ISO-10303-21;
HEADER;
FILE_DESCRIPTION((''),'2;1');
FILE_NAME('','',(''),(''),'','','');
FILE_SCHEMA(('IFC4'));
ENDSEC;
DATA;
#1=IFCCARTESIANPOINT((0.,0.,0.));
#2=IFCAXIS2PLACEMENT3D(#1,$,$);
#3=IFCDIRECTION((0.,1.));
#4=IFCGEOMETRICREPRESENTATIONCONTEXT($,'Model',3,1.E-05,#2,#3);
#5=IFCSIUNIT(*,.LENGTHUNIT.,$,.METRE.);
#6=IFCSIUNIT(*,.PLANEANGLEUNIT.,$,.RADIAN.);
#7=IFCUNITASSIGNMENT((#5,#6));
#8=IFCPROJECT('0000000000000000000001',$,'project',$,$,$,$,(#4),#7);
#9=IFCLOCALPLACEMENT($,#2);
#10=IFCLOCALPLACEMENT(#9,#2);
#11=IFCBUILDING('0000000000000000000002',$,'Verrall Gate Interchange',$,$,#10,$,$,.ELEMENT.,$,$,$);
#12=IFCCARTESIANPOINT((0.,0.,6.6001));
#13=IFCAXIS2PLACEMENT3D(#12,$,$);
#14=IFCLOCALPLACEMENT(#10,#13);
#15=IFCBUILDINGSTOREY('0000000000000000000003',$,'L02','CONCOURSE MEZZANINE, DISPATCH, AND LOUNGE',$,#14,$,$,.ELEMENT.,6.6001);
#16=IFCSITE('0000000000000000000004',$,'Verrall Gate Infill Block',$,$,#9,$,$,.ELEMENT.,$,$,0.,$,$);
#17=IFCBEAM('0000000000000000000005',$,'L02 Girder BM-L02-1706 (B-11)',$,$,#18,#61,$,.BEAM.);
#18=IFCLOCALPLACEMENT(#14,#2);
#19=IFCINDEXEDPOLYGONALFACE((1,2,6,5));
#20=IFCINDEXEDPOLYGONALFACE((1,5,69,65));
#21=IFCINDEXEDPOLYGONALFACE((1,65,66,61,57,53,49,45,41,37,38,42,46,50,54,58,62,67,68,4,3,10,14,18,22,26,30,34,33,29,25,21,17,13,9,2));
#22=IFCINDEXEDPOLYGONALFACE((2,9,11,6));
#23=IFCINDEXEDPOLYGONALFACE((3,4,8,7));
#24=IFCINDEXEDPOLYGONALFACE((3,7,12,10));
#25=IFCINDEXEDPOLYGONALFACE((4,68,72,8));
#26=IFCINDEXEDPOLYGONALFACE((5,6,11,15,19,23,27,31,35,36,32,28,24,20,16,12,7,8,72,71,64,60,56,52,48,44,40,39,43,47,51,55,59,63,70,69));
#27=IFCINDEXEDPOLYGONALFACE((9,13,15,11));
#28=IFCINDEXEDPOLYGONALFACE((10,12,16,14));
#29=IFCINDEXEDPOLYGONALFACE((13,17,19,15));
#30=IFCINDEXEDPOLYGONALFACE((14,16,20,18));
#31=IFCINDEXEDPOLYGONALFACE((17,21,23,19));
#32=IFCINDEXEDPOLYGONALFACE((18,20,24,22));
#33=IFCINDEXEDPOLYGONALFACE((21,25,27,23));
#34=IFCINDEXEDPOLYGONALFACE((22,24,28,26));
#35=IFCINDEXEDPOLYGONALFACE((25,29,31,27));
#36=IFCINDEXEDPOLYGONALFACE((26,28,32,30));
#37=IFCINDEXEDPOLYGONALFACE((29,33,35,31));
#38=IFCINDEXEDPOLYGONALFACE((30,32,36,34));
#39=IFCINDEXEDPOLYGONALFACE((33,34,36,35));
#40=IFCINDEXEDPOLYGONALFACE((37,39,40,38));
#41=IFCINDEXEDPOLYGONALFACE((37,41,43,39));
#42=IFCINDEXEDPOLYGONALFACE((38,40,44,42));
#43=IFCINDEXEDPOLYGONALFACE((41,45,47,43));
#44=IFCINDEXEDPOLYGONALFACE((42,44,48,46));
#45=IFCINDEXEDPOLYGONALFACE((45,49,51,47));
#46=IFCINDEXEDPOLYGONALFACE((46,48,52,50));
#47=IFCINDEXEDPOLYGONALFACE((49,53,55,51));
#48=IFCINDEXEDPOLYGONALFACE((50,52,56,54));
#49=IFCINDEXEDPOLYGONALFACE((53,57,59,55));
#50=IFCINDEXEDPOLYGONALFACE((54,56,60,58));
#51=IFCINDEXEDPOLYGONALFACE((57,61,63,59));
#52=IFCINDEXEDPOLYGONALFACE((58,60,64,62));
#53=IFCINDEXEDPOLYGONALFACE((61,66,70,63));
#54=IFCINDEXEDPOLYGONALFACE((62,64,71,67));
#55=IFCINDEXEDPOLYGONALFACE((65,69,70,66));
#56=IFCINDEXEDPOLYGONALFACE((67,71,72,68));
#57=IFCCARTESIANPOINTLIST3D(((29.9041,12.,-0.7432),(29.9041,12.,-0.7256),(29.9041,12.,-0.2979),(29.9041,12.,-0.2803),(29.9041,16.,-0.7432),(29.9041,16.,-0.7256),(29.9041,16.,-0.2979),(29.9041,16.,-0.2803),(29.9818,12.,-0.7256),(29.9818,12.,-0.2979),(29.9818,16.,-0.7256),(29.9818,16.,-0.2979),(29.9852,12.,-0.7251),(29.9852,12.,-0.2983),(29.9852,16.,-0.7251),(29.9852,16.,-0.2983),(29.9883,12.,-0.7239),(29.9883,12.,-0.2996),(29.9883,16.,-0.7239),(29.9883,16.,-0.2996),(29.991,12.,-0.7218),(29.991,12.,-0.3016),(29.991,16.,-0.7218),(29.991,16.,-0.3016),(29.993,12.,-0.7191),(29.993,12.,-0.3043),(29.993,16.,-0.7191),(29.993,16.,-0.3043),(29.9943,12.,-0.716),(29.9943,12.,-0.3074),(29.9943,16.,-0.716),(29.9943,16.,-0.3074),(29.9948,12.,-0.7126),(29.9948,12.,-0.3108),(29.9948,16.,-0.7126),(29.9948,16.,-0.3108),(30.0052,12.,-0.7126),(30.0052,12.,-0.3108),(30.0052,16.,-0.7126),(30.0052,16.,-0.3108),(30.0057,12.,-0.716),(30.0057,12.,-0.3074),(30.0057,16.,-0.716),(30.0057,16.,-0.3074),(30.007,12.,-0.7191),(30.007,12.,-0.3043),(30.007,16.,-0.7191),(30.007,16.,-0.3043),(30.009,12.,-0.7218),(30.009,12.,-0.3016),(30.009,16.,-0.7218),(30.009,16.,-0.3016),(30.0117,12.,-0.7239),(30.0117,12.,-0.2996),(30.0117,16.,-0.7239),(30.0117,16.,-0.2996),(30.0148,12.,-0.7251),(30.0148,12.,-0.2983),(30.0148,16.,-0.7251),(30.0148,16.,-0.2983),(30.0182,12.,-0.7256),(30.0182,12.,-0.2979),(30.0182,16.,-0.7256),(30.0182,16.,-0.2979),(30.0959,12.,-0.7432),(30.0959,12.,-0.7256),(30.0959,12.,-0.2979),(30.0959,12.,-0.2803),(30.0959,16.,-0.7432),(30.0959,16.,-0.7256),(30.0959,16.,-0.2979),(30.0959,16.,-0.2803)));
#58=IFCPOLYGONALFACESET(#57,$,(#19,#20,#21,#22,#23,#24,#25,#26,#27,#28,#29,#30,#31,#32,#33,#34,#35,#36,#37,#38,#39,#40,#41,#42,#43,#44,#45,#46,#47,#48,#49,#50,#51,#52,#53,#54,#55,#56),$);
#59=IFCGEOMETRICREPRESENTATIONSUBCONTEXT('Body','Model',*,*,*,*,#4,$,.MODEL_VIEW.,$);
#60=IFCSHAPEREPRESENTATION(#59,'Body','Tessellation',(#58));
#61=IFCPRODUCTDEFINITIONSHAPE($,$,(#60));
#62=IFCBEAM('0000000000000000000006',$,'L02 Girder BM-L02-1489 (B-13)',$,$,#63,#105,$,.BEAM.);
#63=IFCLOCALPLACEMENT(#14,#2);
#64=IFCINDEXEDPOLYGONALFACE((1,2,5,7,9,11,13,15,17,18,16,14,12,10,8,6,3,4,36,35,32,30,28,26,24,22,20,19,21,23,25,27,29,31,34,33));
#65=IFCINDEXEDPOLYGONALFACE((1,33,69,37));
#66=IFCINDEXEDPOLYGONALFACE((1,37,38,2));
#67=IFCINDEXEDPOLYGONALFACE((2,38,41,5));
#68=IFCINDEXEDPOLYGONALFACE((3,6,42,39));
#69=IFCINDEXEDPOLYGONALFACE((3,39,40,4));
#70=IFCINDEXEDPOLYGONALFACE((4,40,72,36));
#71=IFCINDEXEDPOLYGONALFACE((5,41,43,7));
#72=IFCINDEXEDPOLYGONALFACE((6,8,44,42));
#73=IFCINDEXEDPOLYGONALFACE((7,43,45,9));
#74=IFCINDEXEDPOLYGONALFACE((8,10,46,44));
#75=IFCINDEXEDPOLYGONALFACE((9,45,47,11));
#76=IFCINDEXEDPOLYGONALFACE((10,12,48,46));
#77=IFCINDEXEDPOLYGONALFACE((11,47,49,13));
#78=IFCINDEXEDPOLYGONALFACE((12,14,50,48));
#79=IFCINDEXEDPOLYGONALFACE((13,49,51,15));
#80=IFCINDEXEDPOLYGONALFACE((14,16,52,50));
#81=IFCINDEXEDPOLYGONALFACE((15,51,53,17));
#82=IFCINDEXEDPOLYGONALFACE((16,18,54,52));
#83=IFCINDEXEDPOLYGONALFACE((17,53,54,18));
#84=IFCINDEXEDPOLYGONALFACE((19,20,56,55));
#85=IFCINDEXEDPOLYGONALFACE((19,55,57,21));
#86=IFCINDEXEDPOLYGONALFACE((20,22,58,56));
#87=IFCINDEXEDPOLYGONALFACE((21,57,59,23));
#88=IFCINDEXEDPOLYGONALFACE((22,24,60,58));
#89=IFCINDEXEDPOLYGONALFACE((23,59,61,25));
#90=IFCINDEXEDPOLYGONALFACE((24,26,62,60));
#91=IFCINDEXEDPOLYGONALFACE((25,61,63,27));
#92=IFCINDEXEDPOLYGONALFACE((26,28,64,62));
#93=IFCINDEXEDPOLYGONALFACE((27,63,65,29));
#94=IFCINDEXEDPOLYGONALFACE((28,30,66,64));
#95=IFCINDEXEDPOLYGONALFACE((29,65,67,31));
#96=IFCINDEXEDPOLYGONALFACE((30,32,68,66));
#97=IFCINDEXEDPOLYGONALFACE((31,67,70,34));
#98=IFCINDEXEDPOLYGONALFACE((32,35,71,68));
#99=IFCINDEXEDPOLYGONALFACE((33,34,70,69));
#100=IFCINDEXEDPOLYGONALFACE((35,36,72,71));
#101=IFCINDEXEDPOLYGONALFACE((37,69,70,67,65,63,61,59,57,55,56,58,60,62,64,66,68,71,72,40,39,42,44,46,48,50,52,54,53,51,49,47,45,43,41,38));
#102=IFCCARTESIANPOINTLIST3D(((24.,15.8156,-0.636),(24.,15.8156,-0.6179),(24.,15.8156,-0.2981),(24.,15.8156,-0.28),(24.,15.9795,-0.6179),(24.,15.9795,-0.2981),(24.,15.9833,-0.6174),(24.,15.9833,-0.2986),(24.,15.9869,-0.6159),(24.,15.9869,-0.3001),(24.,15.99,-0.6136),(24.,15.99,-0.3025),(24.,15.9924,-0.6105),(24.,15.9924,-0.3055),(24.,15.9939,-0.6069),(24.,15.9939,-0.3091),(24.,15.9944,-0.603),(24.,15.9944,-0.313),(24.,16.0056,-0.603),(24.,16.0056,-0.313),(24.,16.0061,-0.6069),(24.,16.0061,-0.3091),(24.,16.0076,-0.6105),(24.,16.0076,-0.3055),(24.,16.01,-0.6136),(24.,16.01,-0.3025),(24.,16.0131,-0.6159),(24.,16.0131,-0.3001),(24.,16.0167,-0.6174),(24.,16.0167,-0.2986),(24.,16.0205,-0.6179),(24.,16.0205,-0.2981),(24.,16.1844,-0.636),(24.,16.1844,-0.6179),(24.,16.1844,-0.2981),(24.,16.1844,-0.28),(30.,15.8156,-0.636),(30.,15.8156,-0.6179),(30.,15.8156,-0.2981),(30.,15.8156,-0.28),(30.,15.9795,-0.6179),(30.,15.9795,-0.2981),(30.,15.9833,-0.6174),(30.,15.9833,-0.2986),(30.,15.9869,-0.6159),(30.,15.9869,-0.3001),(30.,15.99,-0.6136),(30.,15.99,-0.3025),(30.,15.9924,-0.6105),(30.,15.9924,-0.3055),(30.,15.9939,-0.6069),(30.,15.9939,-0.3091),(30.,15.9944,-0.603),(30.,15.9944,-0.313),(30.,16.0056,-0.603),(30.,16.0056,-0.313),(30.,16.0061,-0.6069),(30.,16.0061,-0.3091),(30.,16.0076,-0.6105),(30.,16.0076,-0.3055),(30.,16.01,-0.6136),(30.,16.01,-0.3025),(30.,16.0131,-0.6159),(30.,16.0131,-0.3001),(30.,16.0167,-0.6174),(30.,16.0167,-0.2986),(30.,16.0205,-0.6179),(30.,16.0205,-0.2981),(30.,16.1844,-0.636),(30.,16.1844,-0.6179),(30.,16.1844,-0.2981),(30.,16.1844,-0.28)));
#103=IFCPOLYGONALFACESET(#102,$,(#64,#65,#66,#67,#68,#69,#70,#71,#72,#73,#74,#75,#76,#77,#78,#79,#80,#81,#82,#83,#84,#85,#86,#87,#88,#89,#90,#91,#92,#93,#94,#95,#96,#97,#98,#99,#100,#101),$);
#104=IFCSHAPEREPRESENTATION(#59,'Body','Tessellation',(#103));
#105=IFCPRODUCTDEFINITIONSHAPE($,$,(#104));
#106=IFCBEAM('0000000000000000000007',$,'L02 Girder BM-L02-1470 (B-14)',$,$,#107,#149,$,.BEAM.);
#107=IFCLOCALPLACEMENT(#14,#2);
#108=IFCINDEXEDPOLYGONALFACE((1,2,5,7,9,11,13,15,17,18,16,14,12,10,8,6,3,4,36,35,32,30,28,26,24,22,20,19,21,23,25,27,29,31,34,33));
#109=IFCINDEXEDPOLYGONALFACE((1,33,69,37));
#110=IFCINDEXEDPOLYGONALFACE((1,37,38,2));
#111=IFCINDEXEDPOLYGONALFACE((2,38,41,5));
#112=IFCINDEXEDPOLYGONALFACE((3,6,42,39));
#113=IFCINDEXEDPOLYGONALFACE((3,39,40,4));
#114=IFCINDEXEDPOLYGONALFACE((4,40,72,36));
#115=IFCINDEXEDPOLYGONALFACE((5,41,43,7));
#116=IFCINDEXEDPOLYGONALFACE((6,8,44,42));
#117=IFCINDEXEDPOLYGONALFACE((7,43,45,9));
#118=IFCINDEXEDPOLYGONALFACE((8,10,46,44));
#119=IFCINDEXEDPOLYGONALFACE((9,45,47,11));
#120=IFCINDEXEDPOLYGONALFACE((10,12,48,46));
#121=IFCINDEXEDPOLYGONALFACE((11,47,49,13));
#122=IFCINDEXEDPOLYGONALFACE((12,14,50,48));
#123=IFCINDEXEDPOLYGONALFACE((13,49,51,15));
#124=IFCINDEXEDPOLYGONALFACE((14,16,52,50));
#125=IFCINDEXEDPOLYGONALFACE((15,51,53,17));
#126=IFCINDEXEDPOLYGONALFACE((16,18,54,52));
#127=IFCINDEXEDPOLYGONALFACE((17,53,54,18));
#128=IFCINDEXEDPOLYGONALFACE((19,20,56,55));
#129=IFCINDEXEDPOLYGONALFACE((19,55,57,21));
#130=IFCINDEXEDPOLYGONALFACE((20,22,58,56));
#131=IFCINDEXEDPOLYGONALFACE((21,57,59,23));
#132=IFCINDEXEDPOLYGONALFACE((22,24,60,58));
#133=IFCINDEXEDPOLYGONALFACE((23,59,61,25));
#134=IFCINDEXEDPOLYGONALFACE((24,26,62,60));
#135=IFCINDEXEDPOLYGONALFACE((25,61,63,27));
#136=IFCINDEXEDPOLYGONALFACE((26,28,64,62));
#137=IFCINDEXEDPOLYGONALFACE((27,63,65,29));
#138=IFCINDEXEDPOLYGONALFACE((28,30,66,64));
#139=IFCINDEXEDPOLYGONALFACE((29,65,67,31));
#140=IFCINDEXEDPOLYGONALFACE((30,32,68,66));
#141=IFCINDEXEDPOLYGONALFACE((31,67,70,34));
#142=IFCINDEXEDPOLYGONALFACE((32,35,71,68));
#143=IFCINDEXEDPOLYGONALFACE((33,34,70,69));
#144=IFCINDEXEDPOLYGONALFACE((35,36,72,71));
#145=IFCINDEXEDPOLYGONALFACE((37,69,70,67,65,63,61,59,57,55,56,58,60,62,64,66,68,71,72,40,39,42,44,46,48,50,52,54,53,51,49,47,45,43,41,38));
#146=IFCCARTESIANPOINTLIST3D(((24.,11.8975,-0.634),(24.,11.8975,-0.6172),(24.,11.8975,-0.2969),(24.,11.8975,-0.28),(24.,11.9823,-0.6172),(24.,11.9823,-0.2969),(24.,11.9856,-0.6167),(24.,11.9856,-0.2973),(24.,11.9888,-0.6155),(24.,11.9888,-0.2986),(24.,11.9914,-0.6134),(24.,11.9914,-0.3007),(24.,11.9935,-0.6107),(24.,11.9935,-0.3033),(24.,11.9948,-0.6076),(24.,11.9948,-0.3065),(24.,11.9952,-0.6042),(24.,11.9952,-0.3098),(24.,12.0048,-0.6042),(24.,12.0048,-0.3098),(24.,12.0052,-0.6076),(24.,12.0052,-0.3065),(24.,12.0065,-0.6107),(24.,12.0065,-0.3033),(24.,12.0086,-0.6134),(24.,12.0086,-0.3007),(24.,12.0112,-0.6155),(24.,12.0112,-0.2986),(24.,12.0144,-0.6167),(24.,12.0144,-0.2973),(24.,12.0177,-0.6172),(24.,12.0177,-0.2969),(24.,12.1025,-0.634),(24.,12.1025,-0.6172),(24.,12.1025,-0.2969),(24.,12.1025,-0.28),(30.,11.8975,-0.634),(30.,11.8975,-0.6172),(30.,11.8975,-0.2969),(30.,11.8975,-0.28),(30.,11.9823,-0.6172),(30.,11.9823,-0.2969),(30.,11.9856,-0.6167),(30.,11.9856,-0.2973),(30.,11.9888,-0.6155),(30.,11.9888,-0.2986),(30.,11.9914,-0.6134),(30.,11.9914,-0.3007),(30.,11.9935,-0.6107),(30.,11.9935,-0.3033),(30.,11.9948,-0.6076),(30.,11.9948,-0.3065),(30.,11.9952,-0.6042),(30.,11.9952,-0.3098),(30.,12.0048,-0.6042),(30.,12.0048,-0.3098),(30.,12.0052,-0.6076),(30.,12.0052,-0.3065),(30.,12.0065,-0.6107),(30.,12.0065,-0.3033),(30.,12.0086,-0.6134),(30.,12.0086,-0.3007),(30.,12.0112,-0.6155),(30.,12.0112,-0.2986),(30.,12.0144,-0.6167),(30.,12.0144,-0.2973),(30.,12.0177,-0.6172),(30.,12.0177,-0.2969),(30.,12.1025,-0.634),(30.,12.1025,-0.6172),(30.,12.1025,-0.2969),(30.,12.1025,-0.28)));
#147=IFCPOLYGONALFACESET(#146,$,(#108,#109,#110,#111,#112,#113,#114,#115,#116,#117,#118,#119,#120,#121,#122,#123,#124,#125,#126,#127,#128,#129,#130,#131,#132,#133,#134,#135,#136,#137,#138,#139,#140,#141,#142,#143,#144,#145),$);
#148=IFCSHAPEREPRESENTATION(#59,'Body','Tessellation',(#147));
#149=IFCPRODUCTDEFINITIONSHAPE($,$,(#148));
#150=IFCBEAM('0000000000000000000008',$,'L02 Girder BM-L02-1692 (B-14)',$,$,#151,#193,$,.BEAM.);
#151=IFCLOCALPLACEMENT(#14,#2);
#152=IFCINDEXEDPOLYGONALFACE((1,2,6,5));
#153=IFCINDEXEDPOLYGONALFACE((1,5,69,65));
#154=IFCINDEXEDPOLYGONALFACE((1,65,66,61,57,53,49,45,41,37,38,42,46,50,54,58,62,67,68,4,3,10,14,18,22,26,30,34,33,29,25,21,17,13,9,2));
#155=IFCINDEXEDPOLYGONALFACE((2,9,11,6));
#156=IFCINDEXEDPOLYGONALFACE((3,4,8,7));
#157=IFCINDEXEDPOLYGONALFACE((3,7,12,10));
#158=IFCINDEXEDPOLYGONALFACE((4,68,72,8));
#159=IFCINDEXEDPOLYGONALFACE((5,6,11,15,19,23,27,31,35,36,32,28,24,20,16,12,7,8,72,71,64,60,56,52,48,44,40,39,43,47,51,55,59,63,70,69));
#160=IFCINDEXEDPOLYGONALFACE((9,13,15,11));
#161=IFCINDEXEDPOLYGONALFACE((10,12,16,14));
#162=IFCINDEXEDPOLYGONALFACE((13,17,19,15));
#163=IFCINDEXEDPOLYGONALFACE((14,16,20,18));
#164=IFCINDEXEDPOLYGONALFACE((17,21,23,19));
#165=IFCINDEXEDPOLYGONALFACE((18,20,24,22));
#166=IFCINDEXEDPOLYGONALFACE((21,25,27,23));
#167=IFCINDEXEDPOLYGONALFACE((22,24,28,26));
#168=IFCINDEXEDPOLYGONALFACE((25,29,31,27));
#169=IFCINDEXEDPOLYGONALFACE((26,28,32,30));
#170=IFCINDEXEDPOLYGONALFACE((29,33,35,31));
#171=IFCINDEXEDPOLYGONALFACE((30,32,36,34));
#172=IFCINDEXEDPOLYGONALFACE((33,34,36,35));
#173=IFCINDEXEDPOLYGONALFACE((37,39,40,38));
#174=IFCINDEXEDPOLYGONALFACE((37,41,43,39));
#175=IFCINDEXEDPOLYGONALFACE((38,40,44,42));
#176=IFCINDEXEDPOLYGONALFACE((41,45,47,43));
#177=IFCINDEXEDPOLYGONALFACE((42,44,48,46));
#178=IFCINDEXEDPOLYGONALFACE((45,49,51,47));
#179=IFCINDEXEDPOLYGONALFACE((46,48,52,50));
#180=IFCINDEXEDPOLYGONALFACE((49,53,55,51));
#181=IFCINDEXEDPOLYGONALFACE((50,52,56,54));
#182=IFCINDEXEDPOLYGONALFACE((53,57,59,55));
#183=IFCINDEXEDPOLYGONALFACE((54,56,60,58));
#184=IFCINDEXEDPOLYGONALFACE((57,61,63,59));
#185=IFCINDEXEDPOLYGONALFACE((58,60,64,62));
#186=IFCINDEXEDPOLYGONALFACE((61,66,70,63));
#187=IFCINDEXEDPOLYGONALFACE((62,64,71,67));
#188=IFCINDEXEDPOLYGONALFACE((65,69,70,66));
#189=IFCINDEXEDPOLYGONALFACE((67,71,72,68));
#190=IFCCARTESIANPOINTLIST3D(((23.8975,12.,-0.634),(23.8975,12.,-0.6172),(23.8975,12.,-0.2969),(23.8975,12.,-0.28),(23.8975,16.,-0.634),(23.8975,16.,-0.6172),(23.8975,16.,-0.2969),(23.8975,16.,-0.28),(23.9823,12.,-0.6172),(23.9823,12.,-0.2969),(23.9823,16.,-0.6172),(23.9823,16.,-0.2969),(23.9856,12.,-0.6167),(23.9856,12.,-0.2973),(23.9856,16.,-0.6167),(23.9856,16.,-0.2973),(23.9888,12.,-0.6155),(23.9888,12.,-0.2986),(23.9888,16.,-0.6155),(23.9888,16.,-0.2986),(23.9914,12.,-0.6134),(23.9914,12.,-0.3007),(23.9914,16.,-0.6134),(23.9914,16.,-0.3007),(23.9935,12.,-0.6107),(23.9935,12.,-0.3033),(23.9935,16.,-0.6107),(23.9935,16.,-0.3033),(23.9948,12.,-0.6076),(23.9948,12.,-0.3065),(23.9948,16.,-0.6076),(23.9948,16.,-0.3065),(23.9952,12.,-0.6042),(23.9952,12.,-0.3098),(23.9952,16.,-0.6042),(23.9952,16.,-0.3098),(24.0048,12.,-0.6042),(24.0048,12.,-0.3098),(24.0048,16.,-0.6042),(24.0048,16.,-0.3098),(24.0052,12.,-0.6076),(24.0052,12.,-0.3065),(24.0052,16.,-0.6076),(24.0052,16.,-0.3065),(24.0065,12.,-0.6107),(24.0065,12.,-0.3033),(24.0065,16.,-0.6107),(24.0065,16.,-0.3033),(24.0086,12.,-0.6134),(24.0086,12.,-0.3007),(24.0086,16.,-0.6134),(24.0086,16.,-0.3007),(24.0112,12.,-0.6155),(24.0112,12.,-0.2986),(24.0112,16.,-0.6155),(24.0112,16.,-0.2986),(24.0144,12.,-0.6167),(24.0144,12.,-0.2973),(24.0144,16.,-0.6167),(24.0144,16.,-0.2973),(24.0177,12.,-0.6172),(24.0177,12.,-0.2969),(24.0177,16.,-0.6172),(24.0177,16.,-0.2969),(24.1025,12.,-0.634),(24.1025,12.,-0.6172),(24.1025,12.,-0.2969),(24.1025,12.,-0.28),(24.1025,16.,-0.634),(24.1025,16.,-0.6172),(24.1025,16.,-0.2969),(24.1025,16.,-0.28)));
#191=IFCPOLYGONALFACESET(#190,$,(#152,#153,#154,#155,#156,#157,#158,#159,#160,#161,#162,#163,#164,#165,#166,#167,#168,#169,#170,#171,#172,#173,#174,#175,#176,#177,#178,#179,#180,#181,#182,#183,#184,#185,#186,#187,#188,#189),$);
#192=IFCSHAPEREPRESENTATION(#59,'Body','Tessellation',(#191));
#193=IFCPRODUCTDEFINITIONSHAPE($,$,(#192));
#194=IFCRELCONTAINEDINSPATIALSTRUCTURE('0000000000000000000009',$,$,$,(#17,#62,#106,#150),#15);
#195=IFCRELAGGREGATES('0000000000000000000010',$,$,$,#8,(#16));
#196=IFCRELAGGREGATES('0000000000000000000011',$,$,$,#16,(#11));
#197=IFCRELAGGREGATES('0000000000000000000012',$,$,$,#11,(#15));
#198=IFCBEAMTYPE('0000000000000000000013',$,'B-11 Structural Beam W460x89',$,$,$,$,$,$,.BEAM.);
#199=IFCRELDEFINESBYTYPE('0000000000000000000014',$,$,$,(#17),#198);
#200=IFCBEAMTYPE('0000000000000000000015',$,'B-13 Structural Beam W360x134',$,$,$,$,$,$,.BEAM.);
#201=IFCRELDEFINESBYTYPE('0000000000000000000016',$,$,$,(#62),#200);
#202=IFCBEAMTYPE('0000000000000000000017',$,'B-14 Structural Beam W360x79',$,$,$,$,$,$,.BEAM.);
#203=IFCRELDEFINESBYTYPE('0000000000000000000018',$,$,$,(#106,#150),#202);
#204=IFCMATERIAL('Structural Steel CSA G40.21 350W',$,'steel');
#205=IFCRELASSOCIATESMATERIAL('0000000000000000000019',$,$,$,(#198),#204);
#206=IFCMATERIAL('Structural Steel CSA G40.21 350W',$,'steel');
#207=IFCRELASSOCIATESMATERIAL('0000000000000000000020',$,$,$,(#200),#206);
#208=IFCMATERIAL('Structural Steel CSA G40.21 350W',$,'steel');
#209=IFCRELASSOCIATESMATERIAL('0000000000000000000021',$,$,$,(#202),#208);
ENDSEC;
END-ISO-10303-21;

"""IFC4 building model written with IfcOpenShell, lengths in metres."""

from ifc_helpers import new_model, si_unit, direction, frame, origin, origin_2d, place, context, subcontext, project, spatial, i_section, extrude, material, material_profile, profile_set, type_object, element, save


model = new_model("IFC4")

# Units and contexts
model_context = context("Model", 3, precision=1e-05, world=origin(), true_north=direction((0.0, 1.0)))
body_context = subcontext(model_context, "Body", "Model", "MODEL_VIEW")
ifc_project = project(units=[si_unit("LENGTHUNIT", "METRE"), si_unit("PLANEANGLEUNIT", "RADIAN")], contexts=[model_context])

# Site, building, storey
site_placement = place(None, origin())
site = spatial("IfcSite", under=ifc_project, at=site_placement, Name="Verrall Gate Infill Block", CompositionType="ELEMENT", RefElevation=0.0)
building_placement = place(site_placement, origin())
building = spatial("IfcBuilding", under=site, at=building_placement, Name="Verrall Gate Interchange", CompositionType="ELEMENT")
storey_placement = place(building_placement, frame((0.0, 0.0, 6.6001)))
storey = spatial("IfcBuildingStorey", under=building, at=storey_placement, Name="L02", Description="CONCOURSE MEZZANINE, DISPATCH, AND LOUNGE", CompositionType="ELEMENT", Elevation=6.6001)

# Beams
ifc_material_1 = material(Name="Structural Steel CSA G40.21 350W", Category="steel")
ifc_material_profile_1 = material_profile(ifc_material_1, i_section(OverallWidth=0.1919, OverallDepth=0.4629, WebThickness=0.0105, FlangeThickness=0.0176, FilletRadius=0.0129, at=origin_2d()), Name="W460x89")
ifc_profile_set_1 = profile_set([ifc_material_profile_1], Name="Structural Steel CSA G40.21 350W")
beam_type_1 = type_object("IfcBeamType", Name="B-11 Structural Beam W460x89", PredefinedType="BEAM", material=ifc_profile_set_1)
beam_1_placement = place(storey_placement, frame((30.0, 12.0, -0.5117), z_axis=(0.0, 1.0, 0.0), x_axis=(-1.0, 0.0, 0.0)))
element("IfcBeam", 1, at=beam_1_placement, inside=storey, type_object=beam_type_1, Name="L02 Girder BM-L02-1706 (B-11)", PredefinedType="BEAM", context=body_context, shape_type="SweptSolid", body=[
    extrude(i_section(OverallWidth=0.1919, OverallDepth=0.4629, WebThickness=0.0105, FlangeThickness=0.0176, FilletRadius=0.0129, at=origin_2d()), origin(), (0.0, 0.0, 1.0), 4.0),
])
ifc_material_2 = material(Name="Structural Steel CSA G40.21 350W", Category="steel")
ifc_material_profile_2 = material_profile(ifc_material_2, i_section(OverallWidth=0.3689, OverallDepth=0.356, WebThickness=0.0112, FlangeThickness=0.0181, FilletRadius=0.0149, at=origin_2d()), Name="W360x134")
ifc_profile_set_2 = profile_set([ifc_material_profile_2], Name="Structural Steel CSA G40.21 350W")
beam_type_2 = type_object("IfcBeamType", Name="B-13 Structural Beam W360x134", PredefinedType="BEAM", material=ifc_profile_set_2)
beam_2_placement = place(storey_placement, frame((24.0, 16.0, -0.458), z_axis=(1.0, 0.0, 0.0), x_axis=(0.0, 1.0, 0.0)))
element("IfcBeam", 2, at=beam_2_placement, inside=storey, type_object=beam_type_2, Name="L02 Girder BM-L02-1489 (B-13)", PredefinedType="BEAM", context=body_context, shape_type="SweptSolid", body=[
    extrude(i_section(OverallWidth=0.3689, OverallDepth=0.356, WebThickness=0.0112, FlangeThickness=0.0181, FilletRadius=0.0149, at=origin_2d()), origin(), (0.0, 0.0, 1.0), 6.0),
])
ifc_material_3 = material(Name="Structural Steel CSA G40.21 350W", Category="steel")
ifc_material_profile_3 = material_profile(ifc_material_3, i_section(OverallWidth=0.2051, OverallDepth=0.354, WebThickness=0.0095, FlangeThickness=0.0168, FilletRadius=0.0129, at=origin_2d()), Name="W360x79")
ifc_profile_set_3 = profile_set([ifc_material_profile_3], Name="Structural Steel CSA G40.21 350W")
beam_type_3 = type_object("IfcBeamType", Name="B-14 Structural Beam W360x79", PredefinedType="BEAM", material=ifc_profile_set_3)
beam_3_placement = place(storey_placement, frame((24.0, 12.0, -0.457), z_axis=(1.0, 0.0, 0.0), x_axis=(0.0, 1.0, 0.0)))
element("IfcBeam", 3, at=beam_3_placement, inside=storey, type_object=beam_type_3, Name="L02 Girder BM-L02-1470 (B-14)", PredefinedType="BEAM", context=body_context, shape_type="SweptSolid", body=[
    extrude(i_section(OverallWidth=0.2051, OverallDepth=0.354, WebThickness=0.0095, FlangeThickness=0.0168, FilletRadius=0.0129, at=origin_2d()), origin(), (0.0, 0.0, 1.0), 6.0),
])
beam_4_placement = place(storey_placement, frame((24.0, 12.0, -0.457), z_axis=(0.0, 1.0, 0.0), x_axis=(-1.0, 0.0, 0.0)))
element("IfcBeam", 4, at=beam_4_placement, inside=storey, type_object=beam_type_3, Name="L02 Girder BM-L02-1692 (B-14)", PredefinedType="BEAM", context=body_context, shape_type="SweptSolid", body=[
    extrude(i_section(OverallWidth=0.2051, OverallDepth=0.354, WebThickness=0.0095, FlangeThickness=0.0168, FilletRadius=0.0129, at=origin_2d()), origin(), (0.0, 0.0, 1.0), 4.0),
])

save(model, "model.ifc")
